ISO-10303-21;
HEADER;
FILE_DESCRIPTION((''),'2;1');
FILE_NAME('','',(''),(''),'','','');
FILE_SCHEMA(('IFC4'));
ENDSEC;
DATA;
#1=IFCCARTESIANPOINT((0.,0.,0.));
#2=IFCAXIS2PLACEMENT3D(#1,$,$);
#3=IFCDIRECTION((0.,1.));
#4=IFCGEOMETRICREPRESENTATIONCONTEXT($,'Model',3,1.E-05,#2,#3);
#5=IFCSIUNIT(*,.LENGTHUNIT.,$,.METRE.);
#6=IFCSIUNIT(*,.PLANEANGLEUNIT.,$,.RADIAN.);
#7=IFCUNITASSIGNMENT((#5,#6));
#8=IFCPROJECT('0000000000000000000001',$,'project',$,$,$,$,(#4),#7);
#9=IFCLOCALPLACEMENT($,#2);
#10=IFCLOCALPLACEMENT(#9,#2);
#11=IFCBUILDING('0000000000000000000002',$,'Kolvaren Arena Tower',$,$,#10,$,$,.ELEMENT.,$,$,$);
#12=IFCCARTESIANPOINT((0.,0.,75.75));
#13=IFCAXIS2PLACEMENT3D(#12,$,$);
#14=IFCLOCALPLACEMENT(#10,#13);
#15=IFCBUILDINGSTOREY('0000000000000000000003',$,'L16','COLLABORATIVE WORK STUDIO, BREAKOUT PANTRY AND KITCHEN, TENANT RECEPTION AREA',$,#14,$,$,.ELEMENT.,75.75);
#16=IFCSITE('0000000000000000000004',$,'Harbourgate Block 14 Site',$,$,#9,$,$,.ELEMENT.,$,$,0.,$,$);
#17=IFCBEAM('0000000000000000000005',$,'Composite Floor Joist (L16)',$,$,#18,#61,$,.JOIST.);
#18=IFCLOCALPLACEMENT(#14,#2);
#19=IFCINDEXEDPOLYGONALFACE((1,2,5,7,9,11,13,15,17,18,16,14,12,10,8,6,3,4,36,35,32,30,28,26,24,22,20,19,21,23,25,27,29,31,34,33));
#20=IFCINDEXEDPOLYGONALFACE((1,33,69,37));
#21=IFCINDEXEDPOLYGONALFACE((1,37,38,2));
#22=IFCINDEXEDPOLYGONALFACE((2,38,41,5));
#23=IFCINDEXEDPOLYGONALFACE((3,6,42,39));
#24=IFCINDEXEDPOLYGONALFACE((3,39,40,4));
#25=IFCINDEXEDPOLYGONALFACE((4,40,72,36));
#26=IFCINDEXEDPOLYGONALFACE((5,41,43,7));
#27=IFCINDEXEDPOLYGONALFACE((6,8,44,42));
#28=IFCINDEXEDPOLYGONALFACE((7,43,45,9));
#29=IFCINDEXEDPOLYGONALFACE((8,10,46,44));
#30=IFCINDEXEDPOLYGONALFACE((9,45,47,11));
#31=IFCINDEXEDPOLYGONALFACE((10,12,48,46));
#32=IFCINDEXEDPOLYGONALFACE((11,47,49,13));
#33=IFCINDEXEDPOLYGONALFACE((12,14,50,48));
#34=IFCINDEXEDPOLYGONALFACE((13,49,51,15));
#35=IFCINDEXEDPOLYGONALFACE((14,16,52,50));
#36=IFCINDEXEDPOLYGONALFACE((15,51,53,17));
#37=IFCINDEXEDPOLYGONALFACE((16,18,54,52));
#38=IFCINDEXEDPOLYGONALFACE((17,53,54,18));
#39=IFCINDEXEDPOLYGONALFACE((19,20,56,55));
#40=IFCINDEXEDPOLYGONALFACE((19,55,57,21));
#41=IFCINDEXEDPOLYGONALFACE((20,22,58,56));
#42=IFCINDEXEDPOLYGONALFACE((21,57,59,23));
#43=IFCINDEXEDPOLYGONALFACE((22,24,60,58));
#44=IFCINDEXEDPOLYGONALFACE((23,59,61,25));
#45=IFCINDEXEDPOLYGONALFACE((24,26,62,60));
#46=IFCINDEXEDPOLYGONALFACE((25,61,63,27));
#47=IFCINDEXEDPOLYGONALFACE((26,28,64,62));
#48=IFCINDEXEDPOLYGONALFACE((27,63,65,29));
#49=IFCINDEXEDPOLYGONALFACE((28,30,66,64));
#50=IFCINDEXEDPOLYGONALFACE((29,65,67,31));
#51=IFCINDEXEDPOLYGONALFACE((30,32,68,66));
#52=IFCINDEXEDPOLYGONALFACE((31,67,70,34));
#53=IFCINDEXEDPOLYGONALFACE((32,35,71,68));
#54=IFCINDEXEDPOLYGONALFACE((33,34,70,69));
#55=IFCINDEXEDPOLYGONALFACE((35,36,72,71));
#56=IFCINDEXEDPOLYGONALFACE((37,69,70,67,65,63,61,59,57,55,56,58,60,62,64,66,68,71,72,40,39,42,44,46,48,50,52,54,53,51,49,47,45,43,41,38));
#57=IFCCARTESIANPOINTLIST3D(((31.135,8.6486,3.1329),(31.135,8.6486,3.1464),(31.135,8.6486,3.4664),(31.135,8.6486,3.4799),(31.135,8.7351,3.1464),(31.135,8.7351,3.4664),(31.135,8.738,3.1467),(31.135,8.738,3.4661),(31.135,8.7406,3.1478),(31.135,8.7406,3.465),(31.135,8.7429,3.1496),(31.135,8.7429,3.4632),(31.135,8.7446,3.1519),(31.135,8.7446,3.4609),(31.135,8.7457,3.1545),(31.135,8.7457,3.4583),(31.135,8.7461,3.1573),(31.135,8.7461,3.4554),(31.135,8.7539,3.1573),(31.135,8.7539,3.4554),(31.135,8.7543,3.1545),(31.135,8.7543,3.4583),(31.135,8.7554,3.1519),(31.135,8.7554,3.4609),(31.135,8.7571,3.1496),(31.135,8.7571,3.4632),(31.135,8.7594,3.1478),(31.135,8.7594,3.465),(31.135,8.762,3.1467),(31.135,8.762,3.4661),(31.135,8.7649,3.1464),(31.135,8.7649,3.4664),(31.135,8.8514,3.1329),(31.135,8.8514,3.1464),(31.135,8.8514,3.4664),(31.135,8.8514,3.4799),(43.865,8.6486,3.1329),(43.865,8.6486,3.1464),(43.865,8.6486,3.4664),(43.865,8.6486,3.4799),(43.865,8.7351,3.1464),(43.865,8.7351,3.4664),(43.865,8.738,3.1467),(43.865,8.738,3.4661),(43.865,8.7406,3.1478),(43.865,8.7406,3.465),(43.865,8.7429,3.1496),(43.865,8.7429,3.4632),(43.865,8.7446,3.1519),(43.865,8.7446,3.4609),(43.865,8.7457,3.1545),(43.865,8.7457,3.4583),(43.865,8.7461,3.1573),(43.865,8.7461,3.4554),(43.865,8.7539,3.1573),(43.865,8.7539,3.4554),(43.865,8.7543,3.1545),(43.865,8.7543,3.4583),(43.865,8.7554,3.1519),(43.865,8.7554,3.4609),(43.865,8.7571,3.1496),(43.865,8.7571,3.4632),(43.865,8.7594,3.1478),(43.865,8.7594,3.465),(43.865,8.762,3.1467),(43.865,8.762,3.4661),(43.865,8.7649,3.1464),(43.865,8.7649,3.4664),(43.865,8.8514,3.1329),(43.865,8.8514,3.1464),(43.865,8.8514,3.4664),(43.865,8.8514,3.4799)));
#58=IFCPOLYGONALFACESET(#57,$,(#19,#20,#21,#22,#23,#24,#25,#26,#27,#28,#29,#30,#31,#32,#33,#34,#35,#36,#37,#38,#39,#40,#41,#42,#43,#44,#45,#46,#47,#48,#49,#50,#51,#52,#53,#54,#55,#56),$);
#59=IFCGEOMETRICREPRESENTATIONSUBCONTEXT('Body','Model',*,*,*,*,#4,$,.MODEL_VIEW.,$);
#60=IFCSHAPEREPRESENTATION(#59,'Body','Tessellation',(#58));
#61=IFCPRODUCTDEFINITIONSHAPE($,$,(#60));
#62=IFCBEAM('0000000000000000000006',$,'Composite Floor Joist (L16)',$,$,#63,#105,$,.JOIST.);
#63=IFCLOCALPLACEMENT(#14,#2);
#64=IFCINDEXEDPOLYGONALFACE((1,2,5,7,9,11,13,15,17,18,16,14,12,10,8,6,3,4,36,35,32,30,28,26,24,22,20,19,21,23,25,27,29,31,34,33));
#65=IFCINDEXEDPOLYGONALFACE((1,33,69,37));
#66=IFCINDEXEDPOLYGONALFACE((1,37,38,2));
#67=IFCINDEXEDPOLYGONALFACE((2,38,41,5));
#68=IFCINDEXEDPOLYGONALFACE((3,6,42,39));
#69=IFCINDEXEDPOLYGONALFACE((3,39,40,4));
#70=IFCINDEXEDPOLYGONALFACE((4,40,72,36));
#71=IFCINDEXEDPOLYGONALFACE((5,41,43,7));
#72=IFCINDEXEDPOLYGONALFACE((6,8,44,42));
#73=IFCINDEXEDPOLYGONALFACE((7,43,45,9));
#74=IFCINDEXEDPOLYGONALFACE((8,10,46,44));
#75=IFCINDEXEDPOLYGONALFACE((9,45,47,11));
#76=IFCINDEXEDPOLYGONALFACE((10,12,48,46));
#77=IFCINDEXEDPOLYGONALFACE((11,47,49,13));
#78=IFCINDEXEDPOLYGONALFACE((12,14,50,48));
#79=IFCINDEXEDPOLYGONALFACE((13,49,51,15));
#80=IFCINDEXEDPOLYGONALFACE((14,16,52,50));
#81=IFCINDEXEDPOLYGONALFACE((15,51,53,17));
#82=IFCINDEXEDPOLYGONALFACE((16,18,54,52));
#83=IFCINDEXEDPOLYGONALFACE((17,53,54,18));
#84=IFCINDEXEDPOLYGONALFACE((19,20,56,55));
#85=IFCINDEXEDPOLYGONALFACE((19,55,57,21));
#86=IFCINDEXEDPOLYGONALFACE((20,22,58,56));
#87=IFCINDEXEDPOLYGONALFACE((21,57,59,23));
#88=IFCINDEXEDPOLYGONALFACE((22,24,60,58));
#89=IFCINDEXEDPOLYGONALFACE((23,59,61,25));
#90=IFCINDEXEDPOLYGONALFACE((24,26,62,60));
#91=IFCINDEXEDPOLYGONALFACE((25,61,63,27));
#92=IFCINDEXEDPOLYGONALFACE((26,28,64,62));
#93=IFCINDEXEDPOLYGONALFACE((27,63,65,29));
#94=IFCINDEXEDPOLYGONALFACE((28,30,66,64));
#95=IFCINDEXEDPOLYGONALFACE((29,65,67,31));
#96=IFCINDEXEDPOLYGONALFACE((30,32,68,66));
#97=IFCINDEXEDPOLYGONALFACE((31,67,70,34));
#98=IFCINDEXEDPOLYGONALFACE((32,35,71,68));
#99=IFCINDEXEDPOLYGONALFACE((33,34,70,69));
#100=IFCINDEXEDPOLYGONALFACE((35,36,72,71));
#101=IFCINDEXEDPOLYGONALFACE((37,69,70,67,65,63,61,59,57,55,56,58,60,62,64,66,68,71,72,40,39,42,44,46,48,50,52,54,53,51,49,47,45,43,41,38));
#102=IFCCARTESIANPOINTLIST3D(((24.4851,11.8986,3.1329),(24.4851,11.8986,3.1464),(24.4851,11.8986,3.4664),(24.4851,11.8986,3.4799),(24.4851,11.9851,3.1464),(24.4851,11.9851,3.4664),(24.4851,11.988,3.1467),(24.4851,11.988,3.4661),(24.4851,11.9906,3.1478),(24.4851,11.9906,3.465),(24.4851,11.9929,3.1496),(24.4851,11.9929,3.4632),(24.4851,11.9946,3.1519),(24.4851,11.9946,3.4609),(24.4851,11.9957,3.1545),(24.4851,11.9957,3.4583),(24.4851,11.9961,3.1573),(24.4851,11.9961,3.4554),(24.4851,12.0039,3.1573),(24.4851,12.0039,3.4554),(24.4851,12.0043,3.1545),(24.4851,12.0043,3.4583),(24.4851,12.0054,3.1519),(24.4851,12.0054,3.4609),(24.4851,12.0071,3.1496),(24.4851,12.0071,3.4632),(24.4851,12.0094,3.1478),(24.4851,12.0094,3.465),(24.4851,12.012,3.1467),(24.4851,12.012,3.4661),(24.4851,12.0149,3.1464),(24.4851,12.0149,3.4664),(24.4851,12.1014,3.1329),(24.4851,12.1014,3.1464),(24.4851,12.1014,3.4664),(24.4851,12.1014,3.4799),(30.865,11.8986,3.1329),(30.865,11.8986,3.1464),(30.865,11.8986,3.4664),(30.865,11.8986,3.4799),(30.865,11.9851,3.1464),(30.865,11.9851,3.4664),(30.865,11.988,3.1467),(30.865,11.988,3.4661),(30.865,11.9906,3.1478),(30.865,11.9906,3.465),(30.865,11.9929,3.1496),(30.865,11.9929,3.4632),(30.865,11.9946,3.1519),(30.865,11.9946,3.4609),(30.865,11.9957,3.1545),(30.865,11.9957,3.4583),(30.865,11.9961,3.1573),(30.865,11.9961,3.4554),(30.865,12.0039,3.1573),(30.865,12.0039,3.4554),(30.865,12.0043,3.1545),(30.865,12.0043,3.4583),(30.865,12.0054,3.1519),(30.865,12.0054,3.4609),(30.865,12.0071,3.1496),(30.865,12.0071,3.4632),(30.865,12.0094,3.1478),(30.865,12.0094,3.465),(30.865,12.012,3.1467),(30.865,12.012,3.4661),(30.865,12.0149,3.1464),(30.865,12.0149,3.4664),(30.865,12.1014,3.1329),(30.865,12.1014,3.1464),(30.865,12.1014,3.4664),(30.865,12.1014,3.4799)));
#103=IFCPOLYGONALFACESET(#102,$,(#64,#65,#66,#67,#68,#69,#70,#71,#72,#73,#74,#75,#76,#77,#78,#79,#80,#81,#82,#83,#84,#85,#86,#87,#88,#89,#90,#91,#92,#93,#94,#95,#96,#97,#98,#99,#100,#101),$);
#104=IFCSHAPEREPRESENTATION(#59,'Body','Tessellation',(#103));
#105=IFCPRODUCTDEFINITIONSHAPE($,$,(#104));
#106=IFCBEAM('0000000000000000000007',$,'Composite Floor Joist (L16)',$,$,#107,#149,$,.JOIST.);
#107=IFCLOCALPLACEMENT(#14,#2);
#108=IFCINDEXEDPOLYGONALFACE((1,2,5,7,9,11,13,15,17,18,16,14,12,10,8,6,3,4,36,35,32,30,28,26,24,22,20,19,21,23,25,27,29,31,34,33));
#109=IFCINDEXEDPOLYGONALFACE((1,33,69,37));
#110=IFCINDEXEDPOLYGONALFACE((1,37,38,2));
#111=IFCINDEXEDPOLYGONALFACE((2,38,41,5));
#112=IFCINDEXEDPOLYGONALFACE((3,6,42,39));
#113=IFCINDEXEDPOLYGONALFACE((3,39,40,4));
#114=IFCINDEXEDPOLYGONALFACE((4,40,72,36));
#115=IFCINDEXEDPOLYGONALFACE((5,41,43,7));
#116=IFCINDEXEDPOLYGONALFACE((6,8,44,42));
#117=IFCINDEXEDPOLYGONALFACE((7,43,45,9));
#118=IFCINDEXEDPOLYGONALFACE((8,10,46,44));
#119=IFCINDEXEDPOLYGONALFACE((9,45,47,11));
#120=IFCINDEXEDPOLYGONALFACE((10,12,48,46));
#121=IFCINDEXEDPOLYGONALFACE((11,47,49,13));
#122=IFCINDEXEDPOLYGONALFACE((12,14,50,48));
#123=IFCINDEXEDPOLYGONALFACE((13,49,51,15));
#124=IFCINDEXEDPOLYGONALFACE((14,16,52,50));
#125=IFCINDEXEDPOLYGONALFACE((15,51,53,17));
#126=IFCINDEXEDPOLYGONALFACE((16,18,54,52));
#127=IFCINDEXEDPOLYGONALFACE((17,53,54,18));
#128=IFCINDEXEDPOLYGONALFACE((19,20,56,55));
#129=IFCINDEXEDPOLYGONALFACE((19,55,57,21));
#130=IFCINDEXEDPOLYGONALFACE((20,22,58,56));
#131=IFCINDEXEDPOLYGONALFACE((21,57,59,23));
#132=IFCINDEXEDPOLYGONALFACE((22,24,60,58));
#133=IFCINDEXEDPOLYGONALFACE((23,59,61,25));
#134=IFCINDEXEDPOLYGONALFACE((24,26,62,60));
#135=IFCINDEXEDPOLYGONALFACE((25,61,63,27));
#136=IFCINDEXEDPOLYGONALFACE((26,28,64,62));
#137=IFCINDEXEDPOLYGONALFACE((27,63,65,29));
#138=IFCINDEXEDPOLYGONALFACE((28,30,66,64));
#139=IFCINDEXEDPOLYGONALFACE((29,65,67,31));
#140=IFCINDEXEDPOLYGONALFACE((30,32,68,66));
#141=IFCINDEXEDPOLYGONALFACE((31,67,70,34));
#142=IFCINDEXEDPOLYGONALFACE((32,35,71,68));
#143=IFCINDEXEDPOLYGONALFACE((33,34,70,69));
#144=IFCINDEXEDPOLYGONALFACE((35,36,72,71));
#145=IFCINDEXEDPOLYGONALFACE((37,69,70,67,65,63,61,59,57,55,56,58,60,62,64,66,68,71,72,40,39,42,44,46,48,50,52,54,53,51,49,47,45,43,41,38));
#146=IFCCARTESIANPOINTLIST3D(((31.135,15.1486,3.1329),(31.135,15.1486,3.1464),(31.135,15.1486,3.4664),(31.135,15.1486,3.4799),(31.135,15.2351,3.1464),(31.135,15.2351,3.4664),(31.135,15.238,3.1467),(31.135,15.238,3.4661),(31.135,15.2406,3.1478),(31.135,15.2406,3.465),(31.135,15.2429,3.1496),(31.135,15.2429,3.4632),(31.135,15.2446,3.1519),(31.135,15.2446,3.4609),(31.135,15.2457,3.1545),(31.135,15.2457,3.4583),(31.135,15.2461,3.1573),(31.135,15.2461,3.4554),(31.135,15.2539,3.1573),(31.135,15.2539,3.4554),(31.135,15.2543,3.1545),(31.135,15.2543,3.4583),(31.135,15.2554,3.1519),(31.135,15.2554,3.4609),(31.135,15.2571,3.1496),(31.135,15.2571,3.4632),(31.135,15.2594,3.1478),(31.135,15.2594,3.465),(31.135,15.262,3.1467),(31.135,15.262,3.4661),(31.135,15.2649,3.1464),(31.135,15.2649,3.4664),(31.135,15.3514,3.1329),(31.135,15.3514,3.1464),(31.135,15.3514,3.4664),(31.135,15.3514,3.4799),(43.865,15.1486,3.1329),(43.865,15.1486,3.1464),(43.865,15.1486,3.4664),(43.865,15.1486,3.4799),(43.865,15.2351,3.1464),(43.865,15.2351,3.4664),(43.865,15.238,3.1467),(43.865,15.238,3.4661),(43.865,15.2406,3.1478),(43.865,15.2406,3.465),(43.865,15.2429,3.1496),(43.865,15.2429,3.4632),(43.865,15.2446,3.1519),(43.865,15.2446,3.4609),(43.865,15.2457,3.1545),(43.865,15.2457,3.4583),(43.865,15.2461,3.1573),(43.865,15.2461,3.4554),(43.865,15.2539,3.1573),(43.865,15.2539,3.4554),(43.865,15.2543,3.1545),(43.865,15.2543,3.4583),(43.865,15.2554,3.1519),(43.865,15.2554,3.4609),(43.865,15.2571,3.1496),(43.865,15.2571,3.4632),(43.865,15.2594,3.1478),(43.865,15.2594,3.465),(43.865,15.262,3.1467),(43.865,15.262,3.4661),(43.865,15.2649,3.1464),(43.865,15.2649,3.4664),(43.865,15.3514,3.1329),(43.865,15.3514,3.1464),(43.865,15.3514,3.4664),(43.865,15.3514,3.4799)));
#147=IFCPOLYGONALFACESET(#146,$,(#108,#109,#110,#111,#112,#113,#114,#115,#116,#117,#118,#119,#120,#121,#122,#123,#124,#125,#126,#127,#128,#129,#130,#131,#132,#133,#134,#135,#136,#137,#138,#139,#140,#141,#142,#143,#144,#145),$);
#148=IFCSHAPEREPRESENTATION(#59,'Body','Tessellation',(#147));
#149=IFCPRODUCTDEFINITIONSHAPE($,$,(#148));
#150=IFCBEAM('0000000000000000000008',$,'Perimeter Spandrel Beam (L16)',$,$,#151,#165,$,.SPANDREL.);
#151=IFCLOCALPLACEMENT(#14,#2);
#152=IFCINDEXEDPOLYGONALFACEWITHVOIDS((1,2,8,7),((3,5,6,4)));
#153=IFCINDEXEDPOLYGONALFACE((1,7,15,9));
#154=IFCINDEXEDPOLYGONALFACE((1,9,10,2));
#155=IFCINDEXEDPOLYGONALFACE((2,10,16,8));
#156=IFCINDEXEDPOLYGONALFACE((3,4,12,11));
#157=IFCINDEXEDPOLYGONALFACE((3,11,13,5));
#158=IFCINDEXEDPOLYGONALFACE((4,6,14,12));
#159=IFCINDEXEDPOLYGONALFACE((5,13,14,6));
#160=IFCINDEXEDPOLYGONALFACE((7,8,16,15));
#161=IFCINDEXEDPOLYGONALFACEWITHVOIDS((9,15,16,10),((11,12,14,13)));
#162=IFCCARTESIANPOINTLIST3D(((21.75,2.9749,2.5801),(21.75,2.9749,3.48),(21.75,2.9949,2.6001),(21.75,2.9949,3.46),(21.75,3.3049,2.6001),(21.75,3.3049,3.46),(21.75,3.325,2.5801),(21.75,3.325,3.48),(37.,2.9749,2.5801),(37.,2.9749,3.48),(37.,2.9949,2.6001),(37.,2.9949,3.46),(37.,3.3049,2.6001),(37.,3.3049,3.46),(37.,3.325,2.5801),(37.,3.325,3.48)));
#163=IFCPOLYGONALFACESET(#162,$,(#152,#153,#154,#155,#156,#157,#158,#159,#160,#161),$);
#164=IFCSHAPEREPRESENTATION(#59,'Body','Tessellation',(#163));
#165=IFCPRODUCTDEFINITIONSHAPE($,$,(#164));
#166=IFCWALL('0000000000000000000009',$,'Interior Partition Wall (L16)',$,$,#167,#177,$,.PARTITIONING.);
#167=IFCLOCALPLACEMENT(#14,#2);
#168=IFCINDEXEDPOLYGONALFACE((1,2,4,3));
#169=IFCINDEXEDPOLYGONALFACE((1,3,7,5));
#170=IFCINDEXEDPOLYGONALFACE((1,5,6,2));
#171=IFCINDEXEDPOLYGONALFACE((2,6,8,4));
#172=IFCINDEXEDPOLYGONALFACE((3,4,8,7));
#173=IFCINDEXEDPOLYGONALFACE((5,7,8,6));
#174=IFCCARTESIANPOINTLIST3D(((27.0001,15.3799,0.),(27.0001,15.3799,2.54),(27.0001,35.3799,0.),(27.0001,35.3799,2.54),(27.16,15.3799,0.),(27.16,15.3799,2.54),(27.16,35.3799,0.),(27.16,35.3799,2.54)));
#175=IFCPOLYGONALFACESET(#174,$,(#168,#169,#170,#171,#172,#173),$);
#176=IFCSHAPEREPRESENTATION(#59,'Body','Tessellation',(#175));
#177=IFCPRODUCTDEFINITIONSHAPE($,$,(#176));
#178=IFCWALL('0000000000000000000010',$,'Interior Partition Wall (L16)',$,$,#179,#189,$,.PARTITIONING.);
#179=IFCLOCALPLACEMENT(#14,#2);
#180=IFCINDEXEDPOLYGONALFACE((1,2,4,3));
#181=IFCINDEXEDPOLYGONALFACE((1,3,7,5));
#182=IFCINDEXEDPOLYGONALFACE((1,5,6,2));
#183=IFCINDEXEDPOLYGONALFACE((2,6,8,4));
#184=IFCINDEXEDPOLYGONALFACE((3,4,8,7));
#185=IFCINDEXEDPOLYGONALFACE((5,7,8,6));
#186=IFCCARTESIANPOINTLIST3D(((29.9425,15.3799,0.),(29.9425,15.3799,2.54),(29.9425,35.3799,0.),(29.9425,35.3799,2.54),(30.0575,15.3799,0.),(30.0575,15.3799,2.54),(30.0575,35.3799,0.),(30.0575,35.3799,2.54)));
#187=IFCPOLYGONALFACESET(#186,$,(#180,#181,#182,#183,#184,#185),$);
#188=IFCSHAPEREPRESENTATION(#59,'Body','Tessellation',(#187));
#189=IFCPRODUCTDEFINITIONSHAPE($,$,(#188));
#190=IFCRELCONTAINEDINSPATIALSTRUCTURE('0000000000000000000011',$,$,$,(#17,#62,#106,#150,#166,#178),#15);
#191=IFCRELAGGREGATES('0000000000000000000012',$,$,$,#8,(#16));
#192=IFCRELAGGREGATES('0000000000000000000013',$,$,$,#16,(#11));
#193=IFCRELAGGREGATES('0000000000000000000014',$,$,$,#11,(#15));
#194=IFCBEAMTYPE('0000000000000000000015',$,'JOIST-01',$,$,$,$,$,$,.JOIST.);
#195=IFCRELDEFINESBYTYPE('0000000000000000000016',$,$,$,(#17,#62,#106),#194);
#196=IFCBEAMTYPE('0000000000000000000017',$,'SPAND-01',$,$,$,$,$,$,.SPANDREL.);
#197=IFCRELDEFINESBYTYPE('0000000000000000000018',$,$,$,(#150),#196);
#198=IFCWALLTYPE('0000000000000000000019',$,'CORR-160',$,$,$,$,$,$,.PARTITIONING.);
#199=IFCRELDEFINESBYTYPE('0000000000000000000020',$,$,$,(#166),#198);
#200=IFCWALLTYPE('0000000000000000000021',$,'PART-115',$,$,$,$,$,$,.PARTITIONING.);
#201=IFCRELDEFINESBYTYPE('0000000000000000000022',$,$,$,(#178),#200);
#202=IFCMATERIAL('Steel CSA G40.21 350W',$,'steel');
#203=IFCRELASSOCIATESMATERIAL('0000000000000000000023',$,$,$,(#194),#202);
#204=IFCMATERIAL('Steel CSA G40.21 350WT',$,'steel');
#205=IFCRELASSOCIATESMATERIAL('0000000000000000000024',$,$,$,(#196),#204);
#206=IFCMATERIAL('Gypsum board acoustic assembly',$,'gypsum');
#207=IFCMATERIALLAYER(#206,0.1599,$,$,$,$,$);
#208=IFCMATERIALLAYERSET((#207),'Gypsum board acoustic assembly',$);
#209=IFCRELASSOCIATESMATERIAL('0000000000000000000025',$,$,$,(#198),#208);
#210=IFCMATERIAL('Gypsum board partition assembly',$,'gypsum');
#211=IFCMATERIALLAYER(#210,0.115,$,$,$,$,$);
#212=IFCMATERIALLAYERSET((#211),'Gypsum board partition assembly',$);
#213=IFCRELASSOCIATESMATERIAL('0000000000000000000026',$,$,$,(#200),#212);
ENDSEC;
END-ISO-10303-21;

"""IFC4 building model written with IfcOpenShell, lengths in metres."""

from ifc_helpers import new_model, si_unit, direction, frame, frame_2d, origin, origin_2d, place, context, subcontext, project, spatial, rectangle, hollow_rectangle, i_section, extrude, material, layer, layer_set, material_profile, profile_set, type_object, element, save


model = new_model("IFC4")

# Units and contexts
model_context = context("Model", 3, precision=1e-05, world=origin(), true_north=direction((0.0, 1.0)))
body_context = subcontext(model_context, "Body", "Model", "MODEL_VIEW")
ifc_project = project(units=[si_unit("LENGTHUNIT", "METRE"), si_unit("PLANEANGLEUNIT", "RADIAN")], contexts=[model_context])

# Site, building, storey
site_placement = place(None, origin())
site = spatial("IfcSite", under=ifc_project, at=site_placement, Name="Harbourgate Block 14 Site", CompositionType="ELEMENT", RefElevation=0.0)
building_placement = place(site_placement, origin())
building = spatial("IfcBuilding", under=site, at=building_placement, Name="Kolvaren Arena Tower", CompositionType="ELEMENT")
storey_placement = place(building_placement, frame((0.0, 0.0, 75.75)))
storey = spatial("IfcBuildingStorey", under=building, at=storey_placement, Name="L16", Description="COLLABORATIVE WORK STUDIO, BREAKOUT PANTRY AND KITCHEN, TENANT RECEPTION AREA", CompositionType="ELEMENT", Elevation=75.75)

# Beams
ifc_material_1 = material(Name="Steel CSA G40.21 350W", Category="steel")
ifc_material_profile_1 = material_profile(ifc_material_1, i_section(OverallWidth=0.2029, OverallDepth=0.3469, WebThickness=0.0078, FlangeThickness=0.0134, FilletRadius=0.011, at=origin_2d()), Name="W360x64")
ifc_profile_set_1 = profile_set([ifc_material_profile_1], Name="Steel CSA G40.21 350W")
beam_type_1 = type_object("IfcBeamType", Name="JOIST-01", PredefinedType="JOIST", material=ifc_profile_set_1)
beam_1_placement = place(storey_placement, frame((31.135, 8.75, 3.3064), z_axis=(1.0, 0.0, 0.0), x_axis=(0.0, 1.0, 0.0)))
element("IfcBeam", 1, at=beam_1_placement, inside=storey, type_object=beam_type_1, Name="Composite Floor Joist (L16)", PredefinedType="JOIST", context=body_context, shape_type="SweptSolid", body=[
    extrude(i_section(OverallWidth=0.2029, OverallDepth=0.3469, WebThickness=0.0078, FlangeThickness=0.0134, FilletRadius=0.011, at=origin_2d()), origin(), (0.0, 0.0, 1.0), 12.73),
])
beam_2_placement = place(storey_placement, frame((24.4851, 12.0, 3.3064), z_axis=(1.0, 0.0, 0.0), x_axis=(0.0, 1.0, 0.0)))
element("IfcBeam", 2, at=beam_2_placement, inside=storey, type_object=beam_type_1, Name="Composite Floor Joist (L16)", PredefinedType="JOIST", context=body_context, shape_type="SweptSolid", body=[
    extrude(i_section(OverallWidth=0.2029, OverallDepth=0.3469, WebThickness=0.0078, FlangeThickness=0.0134, FilletRadius=0.011, at=origin_2d()), origin(), (0.0, 0.0, 1.0), 6.3799),
])
beam_3_placement = place(storey_placement, frame((31.135, 15.25, 3.3064), z_axis=(1.0, 0.0, 0.0), x_axis=(0.0, 1.0, 0.0)))
element("IfcBeam", 3, at=beam_3_placement, inside=storey, type_object=beam_type_1, Name="Composite Floor Joist (L16)", PredefinedType="JOIST", context=body_context, shape_type="SweptSolid", body=[
    extrude(i_section(OverallWidth=0.2029, OverallDepth=0.3469, WebThickness=0.0078, FlangeThickness=0.0134, FilletRadius=0.011, at=origin_2d()), origin(), (0.0, 0.0, 1.0), 12.73),
])
ifc_material_2 = material(Name="Steel CSA G40.21 350WT", Category="steel")
ifc_material_profile_2 = material_profile(ifc_material_2, hollow_rectangle(XDim=0.3501, YDim=0.8999, WallThickness=0.02, at=origin_2d()), Name="HSS 900x350x20")
ifc_profile_set_2 = profile_set([ifc_material_profile_2], Name="Steel CSA G40.21 350WT")
beam_type_2 = type_object("IfcBeamType", Name="SPAND-01", PredefinedType="SPANDREL", material=ifc_profile_set_2)
beam_4_placement = place(storey_placement, frame((21.75, 3.1499, 3.03), z_axis=(1.0, 0.0, 0.0), x_axis=(0.0, 1.0, 0.0)))
element("IfcBeam", 4, at=beam_4_placement, inside=storey, type_object=beam_type_2, Name="Perimeter Spandrel Beam (L16)", PredefinedType="SPANDREL", context=body_context, shape_type="SweptSolid", body=[
    extrude(hollow_rectangle(XDim=0.3501, YDim=0.8999, WallThickness=0.02, at=origin_2d()), origin(), (0.0, 0.0, 1.0), 15.25),
])

# Shared definitions
ifc_material_3 = material(Name="Gypsum board acoustic assembly", Category="gypsum")
ifc_layer_1 = layer(ifc_material_3, 0.1599)
ifc_layer_set_1 = layer_set([ifc_layer_1], Name="Gypsum board acoustic assembly")
wall_type_1 = type_object("IfcWallType", Name="CORR-160", PredefinedType="PARTITIONING", material=ifc_layer_set_1)

# Walls
wall_1_placement = place(storey_placement, frame((27.0801, 15.3799, 0.0), z_axis=(0.0, 0.0, 1.0), x_axis=(0.0, 1.0, 0.0)))
element("IfcWall", 5, at=wall_1_placement, inside=storey, type_object=wall_type_1, Name="Interior Partition Wall (L16)", PredefinedType="PARTITIONING", context=body_context, shape_type="SweptSolid", body=[
    extrude(rectangle(XDim=20.0, YDim=0.1599, at=frame_2d((10.0, 0.0))), origin(), (0.0, 0.0, 1.0), 2.54),
])
ifc_material_4 = material(Name="Gypsum board partition assembly", Category="gypsum")
ifc_layer_2 = layer(ifc_material_4, 0.115)
ifc_layer_set_2 = layer_set([ifc_layer_2], Name="Gypsum board partition assembly")
wall_type_2 = type_object("IfcWallType", Name="PART-115", PredefinedType="PARTITIONING", material=ifc_layer_set_2)
for number, where, z_axis, x_axis, name in (
    (6, (30.0, 15.3799, 0.0), (0.0, 0.0, 1.0), (0.0, 1.0, 0.0), "Interior Partition Wall (L16)"),
):
    element("IfcWall", number, at=place(storey_placement, frame(where, z_axis=z_axis, x_axis=x_axis)), inside=storey, type_object=wall_type_2, Name=name, PredefinedType="PARTITIONING", context=body_context, shape_type="SweptSolid", body=[
        extrude(rectangle(XDim=20.0, YDim=0.115, at=frame_2d((10.0, 0.0))), origin(), (0.0, 0.0, 1.0), 2.54),
    ])

save(model, "model.ifc")
